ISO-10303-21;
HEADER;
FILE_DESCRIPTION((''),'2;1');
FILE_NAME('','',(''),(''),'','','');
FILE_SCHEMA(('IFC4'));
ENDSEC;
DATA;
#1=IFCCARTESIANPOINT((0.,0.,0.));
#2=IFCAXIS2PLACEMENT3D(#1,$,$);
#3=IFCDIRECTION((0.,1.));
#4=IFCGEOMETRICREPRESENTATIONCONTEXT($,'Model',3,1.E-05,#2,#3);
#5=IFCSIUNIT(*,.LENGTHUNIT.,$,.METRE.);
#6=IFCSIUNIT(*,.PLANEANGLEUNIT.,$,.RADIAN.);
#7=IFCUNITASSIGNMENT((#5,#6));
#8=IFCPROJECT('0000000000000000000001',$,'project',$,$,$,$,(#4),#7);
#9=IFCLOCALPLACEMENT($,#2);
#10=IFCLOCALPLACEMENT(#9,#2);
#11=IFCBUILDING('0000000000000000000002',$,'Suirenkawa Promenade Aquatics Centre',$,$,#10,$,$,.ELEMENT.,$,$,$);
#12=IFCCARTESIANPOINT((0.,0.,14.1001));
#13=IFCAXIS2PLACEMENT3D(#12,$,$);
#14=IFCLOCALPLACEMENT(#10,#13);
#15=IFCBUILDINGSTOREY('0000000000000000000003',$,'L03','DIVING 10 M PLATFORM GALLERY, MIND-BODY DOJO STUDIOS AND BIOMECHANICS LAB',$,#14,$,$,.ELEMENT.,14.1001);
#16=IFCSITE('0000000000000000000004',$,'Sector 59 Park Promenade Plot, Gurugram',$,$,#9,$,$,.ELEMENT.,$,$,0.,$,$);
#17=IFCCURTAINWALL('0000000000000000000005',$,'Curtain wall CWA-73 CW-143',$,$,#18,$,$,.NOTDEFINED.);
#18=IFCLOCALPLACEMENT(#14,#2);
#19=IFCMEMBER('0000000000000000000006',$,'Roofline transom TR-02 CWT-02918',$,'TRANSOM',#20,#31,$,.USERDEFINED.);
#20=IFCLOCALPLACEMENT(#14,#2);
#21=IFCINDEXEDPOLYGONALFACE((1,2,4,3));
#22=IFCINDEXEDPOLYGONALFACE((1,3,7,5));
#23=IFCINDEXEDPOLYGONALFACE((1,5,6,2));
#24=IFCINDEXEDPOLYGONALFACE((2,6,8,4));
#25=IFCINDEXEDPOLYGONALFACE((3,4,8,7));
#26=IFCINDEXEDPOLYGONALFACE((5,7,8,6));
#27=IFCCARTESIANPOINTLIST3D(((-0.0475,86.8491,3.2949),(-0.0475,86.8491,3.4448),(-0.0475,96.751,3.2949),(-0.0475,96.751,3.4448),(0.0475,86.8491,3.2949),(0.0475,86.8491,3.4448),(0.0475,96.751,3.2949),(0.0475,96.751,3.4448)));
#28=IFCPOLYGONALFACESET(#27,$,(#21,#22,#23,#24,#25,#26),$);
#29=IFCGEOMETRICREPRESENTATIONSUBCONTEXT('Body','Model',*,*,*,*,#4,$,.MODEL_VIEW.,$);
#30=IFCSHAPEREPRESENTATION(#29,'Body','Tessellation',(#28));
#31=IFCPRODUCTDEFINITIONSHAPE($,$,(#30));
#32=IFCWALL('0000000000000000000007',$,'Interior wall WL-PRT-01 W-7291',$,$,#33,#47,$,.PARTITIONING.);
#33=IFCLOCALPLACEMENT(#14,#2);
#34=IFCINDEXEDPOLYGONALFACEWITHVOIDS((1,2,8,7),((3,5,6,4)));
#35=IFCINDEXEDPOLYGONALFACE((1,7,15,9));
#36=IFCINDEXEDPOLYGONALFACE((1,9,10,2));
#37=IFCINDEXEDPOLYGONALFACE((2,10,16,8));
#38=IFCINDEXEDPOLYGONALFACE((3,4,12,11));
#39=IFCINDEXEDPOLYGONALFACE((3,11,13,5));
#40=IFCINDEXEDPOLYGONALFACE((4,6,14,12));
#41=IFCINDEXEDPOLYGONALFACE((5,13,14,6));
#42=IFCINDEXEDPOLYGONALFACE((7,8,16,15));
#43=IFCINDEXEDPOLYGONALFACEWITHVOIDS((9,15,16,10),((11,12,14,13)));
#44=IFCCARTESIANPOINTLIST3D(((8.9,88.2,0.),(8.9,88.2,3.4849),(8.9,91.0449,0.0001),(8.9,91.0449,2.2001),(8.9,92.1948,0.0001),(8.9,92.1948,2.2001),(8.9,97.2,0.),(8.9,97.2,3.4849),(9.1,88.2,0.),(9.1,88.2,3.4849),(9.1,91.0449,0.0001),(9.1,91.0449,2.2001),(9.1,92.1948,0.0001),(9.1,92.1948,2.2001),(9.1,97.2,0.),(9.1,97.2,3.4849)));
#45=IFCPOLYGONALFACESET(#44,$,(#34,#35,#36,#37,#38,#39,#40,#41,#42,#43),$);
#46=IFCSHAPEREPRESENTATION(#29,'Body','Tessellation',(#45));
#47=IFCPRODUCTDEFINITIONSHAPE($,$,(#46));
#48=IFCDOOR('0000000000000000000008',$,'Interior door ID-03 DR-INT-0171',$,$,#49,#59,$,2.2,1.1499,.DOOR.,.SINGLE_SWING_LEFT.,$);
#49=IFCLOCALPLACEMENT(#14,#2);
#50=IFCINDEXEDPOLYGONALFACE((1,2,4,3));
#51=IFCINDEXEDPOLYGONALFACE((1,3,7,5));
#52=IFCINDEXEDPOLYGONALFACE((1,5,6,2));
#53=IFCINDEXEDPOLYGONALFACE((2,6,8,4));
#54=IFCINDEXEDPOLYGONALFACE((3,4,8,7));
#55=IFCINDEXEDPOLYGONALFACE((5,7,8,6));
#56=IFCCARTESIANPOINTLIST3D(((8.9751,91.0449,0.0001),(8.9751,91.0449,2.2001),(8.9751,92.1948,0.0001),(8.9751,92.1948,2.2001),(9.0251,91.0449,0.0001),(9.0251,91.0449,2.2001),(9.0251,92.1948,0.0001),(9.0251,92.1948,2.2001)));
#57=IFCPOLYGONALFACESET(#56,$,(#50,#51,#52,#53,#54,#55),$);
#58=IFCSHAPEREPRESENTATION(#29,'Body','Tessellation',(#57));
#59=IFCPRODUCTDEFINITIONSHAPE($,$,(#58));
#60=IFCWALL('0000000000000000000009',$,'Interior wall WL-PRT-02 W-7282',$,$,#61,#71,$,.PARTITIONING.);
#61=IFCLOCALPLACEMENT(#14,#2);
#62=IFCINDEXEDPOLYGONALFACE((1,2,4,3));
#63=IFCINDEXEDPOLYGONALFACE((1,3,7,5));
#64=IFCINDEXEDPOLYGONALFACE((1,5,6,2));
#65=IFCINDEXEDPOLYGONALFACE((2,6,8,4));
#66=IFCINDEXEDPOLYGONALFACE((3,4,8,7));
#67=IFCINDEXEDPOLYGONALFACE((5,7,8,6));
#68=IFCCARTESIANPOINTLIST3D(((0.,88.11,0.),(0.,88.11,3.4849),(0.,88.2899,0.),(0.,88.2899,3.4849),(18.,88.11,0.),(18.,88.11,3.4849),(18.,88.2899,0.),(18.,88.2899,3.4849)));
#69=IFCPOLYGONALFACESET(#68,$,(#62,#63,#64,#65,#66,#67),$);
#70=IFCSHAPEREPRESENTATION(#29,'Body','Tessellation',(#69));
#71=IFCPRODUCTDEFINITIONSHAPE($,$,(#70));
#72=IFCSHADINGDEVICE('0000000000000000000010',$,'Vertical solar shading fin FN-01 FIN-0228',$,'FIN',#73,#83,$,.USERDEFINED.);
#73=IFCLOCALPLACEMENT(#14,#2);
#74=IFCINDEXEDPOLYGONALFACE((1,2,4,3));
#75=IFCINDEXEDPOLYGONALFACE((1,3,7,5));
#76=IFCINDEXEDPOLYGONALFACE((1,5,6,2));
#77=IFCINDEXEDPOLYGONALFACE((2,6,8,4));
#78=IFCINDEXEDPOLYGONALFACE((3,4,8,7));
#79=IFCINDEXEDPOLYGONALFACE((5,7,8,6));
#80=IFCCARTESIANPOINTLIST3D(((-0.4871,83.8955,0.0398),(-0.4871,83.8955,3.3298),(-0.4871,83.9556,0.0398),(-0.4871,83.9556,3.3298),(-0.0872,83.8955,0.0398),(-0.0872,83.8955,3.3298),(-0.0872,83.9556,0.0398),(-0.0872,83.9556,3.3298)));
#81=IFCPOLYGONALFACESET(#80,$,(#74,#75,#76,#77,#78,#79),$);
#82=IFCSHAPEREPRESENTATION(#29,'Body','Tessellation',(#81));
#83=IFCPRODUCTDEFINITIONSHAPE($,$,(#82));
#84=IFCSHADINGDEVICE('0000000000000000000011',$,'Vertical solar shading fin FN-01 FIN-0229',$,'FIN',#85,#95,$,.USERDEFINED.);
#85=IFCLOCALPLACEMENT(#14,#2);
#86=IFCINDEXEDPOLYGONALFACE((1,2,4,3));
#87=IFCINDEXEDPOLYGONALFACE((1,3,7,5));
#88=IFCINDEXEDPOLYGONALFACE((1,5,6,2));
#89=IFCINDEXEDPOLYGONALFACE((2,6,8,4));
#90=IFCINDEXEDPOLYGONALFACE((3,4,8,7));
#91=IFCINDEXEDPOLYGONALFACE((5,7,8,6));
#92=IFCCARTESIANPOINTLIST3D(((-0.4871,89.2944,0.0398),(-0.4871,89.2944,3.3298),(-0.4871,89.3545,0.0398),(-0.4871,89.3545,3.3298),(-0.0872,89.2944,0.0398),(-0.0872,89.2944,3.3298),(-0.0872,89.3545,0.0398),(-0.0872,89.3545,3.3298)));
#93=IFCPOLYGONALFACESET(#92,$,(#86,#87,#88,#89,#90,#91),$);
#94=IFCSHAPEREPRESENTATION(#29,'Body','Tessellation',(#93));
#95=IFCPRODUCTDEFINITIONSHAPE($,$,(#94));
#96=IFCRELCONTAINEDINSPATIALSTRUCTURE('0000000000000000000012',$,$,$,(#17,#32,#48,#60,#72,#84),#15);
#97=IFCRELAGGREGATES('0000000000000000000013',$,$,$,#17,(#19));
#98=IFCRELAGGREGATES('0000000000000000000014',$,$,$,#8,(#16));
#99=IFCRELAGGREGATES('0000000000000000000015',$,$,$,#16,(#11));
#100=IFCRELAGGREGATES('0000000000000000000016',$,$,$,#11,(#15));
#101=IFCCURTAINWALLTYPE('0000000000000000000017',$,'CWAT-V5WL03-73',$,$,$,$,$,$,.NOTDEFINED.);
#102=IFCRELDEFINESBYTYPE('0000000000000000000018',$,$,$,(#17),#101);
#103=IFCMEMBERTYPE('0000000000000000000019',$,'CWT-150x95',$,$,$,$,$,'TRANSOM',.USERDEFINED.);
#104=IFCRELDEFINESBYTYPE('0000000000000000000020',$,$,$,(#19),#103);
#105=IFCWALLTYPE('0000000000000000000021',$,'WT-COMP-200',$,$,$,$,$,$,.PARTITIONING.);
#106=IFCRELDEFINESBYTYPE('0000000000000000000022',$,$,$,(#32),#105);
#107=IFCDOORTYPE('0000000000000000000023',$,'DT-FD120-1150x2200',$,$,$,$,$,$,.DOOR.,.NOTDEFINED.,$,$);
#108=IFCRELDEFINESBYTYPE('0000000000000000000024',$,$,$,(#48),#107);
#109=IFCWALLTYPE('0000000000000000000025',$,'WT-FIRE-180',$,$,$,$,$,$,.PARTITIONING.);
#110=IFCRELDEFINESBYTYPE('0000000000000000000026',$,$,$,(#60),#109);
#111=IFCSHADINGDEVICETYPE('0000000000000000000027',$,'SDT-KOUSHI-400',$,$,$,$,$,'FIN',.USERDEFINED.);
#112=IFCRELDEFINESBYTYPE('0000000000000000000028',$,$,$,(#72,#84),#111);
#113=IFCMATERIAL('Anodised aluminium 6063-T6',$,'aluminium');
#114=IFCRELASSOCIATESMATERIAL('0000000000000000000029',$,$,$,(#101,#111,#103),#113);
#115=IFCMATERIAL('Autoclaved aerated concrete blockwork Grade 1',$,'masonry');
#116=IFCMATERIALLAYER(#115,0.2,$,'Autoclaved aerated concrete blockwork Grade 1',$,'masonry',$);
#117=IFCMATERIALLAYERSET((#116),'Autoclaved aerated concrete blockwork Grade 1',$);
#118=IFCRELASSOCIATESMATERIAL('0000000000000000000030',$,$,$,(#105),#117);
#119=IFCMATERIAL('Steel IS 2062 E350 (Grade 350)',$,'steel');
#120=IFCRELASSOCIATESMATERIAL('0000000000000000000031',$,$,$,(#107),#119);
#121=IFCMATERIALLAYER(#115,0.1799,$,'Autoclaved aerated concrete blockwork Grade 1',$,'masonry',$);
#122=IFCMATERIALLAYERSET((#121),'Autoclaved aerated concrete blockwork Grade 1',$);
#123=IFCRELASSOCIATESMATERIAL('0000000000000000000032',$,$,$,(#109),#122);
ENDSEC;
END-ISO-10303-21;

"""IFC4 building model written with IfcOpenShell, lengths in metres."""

from ifc_helpers import new_model, si_unit, direction, frame, frame_2d, origin, origin_2d, place, context, subcontext, project, spatial, rectangle, extrude, material, layer, layer_set, material_profile, profile_set, type_object, element, fill, aggregate, save


model = new_model("IFC4")

# Units and contexts
model_context = context("Model", 3, precision=1e-05, world=origin(), true_north=direction((0.0, 1.0)))
body_context = subcontext(model_context, "Body", "Model", "MODEL_VIEW")
ifc_project = project(units=[si_unit("LENGTHUNIT", "METRE"), si_unit("PLANEANGLEUNIT", "RADIAN")], contexts=[model_context])

# Site, building, storey
site_placement = place(None, origin())
site = spatial("IfcSite", under=ifc_project, at=site_placement, Name="Sector 59 Park Promenade Plot, Gurugram", CompositionType="ELEMENT", RefElevation=0.0)
building_placement = place(site_placement, origin())
building = spatial("IfcBuilding", under=site, at=building_placement, Name="Suirenkawa Promenade Aquatics Centre", CompositionType="ELEMENT")
storey_placement = place(building_placement, frame((0.0, 0.0, 14.1001)))
storey = spatial("IfcBuildingStorey", under=building, at=storey_placement, Name="L03", Description="DIVING 10 M PLATFORM GALLERY, MIND-BODY DOJO STUDIOS AND BIOMECHANICS LAB", CompositionType="ELEMENT", Elevation=14.1001)

# Curtain wall
ifc_material_1 = material(Name="Anodised aluminium 6063-T6", Category="aluminium")
curtain_wall_type_1 = type_object("IfcCurtainWallType", Name="CWAT-V5WL03-73", PredefinedType="NOTDEFINED", material=ifc_material_1)
curtain_wall_1_placement = place(storey_placement, origin())
curtain_wall_1 = element("IfcCurtainWall", 1, at=curtain_wall_1_placement, inside=storey, type_object=curtain_wall_type_1, Name="Curtain wall CWA-73 CW-143", PredefinedType="NOTDEFINED")

# Member
ifc_material_profile_1 = material_profile(ifc_material_1, rectangle(XDim=0.095, YDim=0.1499, at=origin_2d()), Name="ALU TRAN 95x150", Category="aluminium")
ifc_profile_set_1 = profile_set([ifc_material_profile_1], Name="Anodised aluminium 6063-T6")
member_type_1 = type_object("IfcMemberType", Name="CWT-150x95", ElementType="TRANSOM", PredefinedType="USERDEFINED", material=ifc_profile_set_1)
member_1_placement = place(storey_placement, frame((0.0, 86.8491, 3.3699), z_axis=(0.0, 1.0, 0.0), x_axis=(-1.0, 0.0, 0.0)))
member_1 = element("IfcMember", 2, at=member_1_placement, type_object=member_type_1, Name="Roofline transom TR-02 CWT-02918", ObjectType="TRANSOM", PredefinedType="USERDEFINED", context=body_context, shape_type="SweptSolid", body=[
    extrude(rectangle(XDim=0.095, YDim=0.1499, at=origin_2d()), origin(), (0.0, 0.0, 1.0), 9.9019),
])

aggregate(curtain_wall_1, [member_1])

# Wall, opening, door
ifc_material_2 = material(Name="Autoclaved aerated concrete blockwork Grade 1", Category="masonry")
ifc_layer_1 = layer(ifc_material_2, 0.2, Name="Autoclaved aerated concrete blockwork Grade 1", Category="masonry")
ifc_layer_set_1 = layer_set([ifc_layer_1], Name="Autoclaved aerated concrete blockwork Grade 1")
wall_type_1 = type_object("IfcWallType", Name="WT-COMP-200", PredefinedType="PARTITIONING", material=ifc_layer_set_1)
wall_1_placement = place(storey_placement, frame((9.0, 88.2, 0.0), z_axis=(0.0, 0.0, 1.0), x_axis=(0.0, 1.0, 0.0)))
wall_1 = element("IfcWall", 3, at=wall_1_placement, inside=storey, type_object=wall_type_1, Name="Interior wall WL-PRT-01 W-7291", PredefinedType="PARTITIONING", context=body_context, shape_type="SweptSolid", body=[
    extrude(rectangle(XDim=9.0, YDim=0.2, at=frame_2d((4.5, 0.0))), origin(), (0.0, 0.0, 1.0), 3.4849),
])
opening_placement = place(wall_1_placement, frame((2.845, 0.0, 0.0)))
opening = element("IfcOpeningElement", 4, at=opening_placement, cuts=wall_1, PredefinedType="OPENING", context=body_context, shape_type="SweptSolid", body=[
    extrude(rectangle(XDim=1.1499, YDim=2.2, at=frame_2d((0.575, 1.1001))), frame((0.0, 0.1099, 0.0), z_axis=(0.0, -1.0, 0.0), x_axis=(1.0, 0.0, 0.0)), (0.0, 0.0, 1.0), 0.22),
])
ifc_material_3 = material(Name="Steel IS 2062 E350 (Grade 350)", Category="steel")
door_type = type_object("IfcDoorType", Name="DT-FD120-1150x2200", OperationType="NOTDEFINED", PredefinedType="DOOR", material=ifc_material_3)
door_placement = place(opening_placement, origin())
door = element("IfcDoor", 5, at=door_placement, inside=storey, type_object=door_type, Name="Interior door ID-03 DR-INT-0171", OperationType="SINGLE_SWING_LEFT", OverallHeight=2.2, OverallWidth=1.1499, PredefinedType="DOOR", context=body_context, shape_type="SweptSolid", body=[
    extrude(rectangle(XDim=1.1499, YDim=2.2, at=frame_2d((0.575, 1.1001))), frame((0.0, 0.0249, 0.0), z_axis=(0.0, -1.0, 0.0), x_axis=(1.0, 0.0, 0.0)), (0.0, 0.0, 1.0), 0.05),
])
fill(opening, door)

# Wall
ifc_layer_2 = layer(ifc_material_2, 0.1799, Name="Autoclaved aerated concrete blockwork Grade 1", Category="masonry")
ifc_layer_set_2 = layer_set([ifc_layer_2], Name="Autoclaved aerated concrete blockwork Grade 1")
wall_type_2 = type_object("IfcWallType", Name="WT-FIRE-180", PredefinedType="PARTITIONING", material=ifc_layer_set_2)
wall_2_placement = place(storey_placement, frame((0.0, 88.2, 0.0), z_axis=(0.0, 0.0, 1.0), x_axis=(1.0, 0.0, 0.0)))
element("IfcWall", 6, at=wall_2_placement, inside=storey, type_object=wall_type_2, Name="Interior wall WL-PRT-02 W-7282", PredefinedType="PARTITIONING", context=body_context, shape_type="SweptSolid", body=[
    extrude(rectangle(XDim=18.0, YDim=0.1799, at=frame_2d((9.0, 0.0))), origin(), (0.0, 0.0, 1.0), 3.4849),
])

# Shading devices
shading_device_type = type_object("IfcShadingDeviceType", Name="SDT-KOUSHI-400", ElementType="FIN", PredefinedType="USERDEFINED", material=ifc_material_1)
for number, where, z_axis, x_axis, name in (
    (7, (-0.2871, 83.9255, 0.0398), (0.0, 0.0, 1.0), (-1.0, 0.0, 0.0), "Vertical solar shading fin FN-01 FIN-0228"),
    (8, (-0.2871, 89.3245, 0.0398), (0.0, 0.0, 1.0), (-1.0, 0.0, 0.0), "Vertical solar shading fin FN-01 FIN-0229"),
):
    element("IfcShadingDevice", number, at=place(storey_placement, frame(where, z_axis=z_axis, x_axis=x_axis)), inside=storey, type_object=shading_device_type, Name=name, ObjectType="FIN", PredefinedType="USERDEFINED", context=body_context, shape_type="SweptSolid", body=[
        extrude(rectangle(XDim=0.3999, YDim=0.0601, at=origin_2d()), origin(), (0.0, 0.0, 1.0), 3.29),
    ])

save(model, "model.ifc")
